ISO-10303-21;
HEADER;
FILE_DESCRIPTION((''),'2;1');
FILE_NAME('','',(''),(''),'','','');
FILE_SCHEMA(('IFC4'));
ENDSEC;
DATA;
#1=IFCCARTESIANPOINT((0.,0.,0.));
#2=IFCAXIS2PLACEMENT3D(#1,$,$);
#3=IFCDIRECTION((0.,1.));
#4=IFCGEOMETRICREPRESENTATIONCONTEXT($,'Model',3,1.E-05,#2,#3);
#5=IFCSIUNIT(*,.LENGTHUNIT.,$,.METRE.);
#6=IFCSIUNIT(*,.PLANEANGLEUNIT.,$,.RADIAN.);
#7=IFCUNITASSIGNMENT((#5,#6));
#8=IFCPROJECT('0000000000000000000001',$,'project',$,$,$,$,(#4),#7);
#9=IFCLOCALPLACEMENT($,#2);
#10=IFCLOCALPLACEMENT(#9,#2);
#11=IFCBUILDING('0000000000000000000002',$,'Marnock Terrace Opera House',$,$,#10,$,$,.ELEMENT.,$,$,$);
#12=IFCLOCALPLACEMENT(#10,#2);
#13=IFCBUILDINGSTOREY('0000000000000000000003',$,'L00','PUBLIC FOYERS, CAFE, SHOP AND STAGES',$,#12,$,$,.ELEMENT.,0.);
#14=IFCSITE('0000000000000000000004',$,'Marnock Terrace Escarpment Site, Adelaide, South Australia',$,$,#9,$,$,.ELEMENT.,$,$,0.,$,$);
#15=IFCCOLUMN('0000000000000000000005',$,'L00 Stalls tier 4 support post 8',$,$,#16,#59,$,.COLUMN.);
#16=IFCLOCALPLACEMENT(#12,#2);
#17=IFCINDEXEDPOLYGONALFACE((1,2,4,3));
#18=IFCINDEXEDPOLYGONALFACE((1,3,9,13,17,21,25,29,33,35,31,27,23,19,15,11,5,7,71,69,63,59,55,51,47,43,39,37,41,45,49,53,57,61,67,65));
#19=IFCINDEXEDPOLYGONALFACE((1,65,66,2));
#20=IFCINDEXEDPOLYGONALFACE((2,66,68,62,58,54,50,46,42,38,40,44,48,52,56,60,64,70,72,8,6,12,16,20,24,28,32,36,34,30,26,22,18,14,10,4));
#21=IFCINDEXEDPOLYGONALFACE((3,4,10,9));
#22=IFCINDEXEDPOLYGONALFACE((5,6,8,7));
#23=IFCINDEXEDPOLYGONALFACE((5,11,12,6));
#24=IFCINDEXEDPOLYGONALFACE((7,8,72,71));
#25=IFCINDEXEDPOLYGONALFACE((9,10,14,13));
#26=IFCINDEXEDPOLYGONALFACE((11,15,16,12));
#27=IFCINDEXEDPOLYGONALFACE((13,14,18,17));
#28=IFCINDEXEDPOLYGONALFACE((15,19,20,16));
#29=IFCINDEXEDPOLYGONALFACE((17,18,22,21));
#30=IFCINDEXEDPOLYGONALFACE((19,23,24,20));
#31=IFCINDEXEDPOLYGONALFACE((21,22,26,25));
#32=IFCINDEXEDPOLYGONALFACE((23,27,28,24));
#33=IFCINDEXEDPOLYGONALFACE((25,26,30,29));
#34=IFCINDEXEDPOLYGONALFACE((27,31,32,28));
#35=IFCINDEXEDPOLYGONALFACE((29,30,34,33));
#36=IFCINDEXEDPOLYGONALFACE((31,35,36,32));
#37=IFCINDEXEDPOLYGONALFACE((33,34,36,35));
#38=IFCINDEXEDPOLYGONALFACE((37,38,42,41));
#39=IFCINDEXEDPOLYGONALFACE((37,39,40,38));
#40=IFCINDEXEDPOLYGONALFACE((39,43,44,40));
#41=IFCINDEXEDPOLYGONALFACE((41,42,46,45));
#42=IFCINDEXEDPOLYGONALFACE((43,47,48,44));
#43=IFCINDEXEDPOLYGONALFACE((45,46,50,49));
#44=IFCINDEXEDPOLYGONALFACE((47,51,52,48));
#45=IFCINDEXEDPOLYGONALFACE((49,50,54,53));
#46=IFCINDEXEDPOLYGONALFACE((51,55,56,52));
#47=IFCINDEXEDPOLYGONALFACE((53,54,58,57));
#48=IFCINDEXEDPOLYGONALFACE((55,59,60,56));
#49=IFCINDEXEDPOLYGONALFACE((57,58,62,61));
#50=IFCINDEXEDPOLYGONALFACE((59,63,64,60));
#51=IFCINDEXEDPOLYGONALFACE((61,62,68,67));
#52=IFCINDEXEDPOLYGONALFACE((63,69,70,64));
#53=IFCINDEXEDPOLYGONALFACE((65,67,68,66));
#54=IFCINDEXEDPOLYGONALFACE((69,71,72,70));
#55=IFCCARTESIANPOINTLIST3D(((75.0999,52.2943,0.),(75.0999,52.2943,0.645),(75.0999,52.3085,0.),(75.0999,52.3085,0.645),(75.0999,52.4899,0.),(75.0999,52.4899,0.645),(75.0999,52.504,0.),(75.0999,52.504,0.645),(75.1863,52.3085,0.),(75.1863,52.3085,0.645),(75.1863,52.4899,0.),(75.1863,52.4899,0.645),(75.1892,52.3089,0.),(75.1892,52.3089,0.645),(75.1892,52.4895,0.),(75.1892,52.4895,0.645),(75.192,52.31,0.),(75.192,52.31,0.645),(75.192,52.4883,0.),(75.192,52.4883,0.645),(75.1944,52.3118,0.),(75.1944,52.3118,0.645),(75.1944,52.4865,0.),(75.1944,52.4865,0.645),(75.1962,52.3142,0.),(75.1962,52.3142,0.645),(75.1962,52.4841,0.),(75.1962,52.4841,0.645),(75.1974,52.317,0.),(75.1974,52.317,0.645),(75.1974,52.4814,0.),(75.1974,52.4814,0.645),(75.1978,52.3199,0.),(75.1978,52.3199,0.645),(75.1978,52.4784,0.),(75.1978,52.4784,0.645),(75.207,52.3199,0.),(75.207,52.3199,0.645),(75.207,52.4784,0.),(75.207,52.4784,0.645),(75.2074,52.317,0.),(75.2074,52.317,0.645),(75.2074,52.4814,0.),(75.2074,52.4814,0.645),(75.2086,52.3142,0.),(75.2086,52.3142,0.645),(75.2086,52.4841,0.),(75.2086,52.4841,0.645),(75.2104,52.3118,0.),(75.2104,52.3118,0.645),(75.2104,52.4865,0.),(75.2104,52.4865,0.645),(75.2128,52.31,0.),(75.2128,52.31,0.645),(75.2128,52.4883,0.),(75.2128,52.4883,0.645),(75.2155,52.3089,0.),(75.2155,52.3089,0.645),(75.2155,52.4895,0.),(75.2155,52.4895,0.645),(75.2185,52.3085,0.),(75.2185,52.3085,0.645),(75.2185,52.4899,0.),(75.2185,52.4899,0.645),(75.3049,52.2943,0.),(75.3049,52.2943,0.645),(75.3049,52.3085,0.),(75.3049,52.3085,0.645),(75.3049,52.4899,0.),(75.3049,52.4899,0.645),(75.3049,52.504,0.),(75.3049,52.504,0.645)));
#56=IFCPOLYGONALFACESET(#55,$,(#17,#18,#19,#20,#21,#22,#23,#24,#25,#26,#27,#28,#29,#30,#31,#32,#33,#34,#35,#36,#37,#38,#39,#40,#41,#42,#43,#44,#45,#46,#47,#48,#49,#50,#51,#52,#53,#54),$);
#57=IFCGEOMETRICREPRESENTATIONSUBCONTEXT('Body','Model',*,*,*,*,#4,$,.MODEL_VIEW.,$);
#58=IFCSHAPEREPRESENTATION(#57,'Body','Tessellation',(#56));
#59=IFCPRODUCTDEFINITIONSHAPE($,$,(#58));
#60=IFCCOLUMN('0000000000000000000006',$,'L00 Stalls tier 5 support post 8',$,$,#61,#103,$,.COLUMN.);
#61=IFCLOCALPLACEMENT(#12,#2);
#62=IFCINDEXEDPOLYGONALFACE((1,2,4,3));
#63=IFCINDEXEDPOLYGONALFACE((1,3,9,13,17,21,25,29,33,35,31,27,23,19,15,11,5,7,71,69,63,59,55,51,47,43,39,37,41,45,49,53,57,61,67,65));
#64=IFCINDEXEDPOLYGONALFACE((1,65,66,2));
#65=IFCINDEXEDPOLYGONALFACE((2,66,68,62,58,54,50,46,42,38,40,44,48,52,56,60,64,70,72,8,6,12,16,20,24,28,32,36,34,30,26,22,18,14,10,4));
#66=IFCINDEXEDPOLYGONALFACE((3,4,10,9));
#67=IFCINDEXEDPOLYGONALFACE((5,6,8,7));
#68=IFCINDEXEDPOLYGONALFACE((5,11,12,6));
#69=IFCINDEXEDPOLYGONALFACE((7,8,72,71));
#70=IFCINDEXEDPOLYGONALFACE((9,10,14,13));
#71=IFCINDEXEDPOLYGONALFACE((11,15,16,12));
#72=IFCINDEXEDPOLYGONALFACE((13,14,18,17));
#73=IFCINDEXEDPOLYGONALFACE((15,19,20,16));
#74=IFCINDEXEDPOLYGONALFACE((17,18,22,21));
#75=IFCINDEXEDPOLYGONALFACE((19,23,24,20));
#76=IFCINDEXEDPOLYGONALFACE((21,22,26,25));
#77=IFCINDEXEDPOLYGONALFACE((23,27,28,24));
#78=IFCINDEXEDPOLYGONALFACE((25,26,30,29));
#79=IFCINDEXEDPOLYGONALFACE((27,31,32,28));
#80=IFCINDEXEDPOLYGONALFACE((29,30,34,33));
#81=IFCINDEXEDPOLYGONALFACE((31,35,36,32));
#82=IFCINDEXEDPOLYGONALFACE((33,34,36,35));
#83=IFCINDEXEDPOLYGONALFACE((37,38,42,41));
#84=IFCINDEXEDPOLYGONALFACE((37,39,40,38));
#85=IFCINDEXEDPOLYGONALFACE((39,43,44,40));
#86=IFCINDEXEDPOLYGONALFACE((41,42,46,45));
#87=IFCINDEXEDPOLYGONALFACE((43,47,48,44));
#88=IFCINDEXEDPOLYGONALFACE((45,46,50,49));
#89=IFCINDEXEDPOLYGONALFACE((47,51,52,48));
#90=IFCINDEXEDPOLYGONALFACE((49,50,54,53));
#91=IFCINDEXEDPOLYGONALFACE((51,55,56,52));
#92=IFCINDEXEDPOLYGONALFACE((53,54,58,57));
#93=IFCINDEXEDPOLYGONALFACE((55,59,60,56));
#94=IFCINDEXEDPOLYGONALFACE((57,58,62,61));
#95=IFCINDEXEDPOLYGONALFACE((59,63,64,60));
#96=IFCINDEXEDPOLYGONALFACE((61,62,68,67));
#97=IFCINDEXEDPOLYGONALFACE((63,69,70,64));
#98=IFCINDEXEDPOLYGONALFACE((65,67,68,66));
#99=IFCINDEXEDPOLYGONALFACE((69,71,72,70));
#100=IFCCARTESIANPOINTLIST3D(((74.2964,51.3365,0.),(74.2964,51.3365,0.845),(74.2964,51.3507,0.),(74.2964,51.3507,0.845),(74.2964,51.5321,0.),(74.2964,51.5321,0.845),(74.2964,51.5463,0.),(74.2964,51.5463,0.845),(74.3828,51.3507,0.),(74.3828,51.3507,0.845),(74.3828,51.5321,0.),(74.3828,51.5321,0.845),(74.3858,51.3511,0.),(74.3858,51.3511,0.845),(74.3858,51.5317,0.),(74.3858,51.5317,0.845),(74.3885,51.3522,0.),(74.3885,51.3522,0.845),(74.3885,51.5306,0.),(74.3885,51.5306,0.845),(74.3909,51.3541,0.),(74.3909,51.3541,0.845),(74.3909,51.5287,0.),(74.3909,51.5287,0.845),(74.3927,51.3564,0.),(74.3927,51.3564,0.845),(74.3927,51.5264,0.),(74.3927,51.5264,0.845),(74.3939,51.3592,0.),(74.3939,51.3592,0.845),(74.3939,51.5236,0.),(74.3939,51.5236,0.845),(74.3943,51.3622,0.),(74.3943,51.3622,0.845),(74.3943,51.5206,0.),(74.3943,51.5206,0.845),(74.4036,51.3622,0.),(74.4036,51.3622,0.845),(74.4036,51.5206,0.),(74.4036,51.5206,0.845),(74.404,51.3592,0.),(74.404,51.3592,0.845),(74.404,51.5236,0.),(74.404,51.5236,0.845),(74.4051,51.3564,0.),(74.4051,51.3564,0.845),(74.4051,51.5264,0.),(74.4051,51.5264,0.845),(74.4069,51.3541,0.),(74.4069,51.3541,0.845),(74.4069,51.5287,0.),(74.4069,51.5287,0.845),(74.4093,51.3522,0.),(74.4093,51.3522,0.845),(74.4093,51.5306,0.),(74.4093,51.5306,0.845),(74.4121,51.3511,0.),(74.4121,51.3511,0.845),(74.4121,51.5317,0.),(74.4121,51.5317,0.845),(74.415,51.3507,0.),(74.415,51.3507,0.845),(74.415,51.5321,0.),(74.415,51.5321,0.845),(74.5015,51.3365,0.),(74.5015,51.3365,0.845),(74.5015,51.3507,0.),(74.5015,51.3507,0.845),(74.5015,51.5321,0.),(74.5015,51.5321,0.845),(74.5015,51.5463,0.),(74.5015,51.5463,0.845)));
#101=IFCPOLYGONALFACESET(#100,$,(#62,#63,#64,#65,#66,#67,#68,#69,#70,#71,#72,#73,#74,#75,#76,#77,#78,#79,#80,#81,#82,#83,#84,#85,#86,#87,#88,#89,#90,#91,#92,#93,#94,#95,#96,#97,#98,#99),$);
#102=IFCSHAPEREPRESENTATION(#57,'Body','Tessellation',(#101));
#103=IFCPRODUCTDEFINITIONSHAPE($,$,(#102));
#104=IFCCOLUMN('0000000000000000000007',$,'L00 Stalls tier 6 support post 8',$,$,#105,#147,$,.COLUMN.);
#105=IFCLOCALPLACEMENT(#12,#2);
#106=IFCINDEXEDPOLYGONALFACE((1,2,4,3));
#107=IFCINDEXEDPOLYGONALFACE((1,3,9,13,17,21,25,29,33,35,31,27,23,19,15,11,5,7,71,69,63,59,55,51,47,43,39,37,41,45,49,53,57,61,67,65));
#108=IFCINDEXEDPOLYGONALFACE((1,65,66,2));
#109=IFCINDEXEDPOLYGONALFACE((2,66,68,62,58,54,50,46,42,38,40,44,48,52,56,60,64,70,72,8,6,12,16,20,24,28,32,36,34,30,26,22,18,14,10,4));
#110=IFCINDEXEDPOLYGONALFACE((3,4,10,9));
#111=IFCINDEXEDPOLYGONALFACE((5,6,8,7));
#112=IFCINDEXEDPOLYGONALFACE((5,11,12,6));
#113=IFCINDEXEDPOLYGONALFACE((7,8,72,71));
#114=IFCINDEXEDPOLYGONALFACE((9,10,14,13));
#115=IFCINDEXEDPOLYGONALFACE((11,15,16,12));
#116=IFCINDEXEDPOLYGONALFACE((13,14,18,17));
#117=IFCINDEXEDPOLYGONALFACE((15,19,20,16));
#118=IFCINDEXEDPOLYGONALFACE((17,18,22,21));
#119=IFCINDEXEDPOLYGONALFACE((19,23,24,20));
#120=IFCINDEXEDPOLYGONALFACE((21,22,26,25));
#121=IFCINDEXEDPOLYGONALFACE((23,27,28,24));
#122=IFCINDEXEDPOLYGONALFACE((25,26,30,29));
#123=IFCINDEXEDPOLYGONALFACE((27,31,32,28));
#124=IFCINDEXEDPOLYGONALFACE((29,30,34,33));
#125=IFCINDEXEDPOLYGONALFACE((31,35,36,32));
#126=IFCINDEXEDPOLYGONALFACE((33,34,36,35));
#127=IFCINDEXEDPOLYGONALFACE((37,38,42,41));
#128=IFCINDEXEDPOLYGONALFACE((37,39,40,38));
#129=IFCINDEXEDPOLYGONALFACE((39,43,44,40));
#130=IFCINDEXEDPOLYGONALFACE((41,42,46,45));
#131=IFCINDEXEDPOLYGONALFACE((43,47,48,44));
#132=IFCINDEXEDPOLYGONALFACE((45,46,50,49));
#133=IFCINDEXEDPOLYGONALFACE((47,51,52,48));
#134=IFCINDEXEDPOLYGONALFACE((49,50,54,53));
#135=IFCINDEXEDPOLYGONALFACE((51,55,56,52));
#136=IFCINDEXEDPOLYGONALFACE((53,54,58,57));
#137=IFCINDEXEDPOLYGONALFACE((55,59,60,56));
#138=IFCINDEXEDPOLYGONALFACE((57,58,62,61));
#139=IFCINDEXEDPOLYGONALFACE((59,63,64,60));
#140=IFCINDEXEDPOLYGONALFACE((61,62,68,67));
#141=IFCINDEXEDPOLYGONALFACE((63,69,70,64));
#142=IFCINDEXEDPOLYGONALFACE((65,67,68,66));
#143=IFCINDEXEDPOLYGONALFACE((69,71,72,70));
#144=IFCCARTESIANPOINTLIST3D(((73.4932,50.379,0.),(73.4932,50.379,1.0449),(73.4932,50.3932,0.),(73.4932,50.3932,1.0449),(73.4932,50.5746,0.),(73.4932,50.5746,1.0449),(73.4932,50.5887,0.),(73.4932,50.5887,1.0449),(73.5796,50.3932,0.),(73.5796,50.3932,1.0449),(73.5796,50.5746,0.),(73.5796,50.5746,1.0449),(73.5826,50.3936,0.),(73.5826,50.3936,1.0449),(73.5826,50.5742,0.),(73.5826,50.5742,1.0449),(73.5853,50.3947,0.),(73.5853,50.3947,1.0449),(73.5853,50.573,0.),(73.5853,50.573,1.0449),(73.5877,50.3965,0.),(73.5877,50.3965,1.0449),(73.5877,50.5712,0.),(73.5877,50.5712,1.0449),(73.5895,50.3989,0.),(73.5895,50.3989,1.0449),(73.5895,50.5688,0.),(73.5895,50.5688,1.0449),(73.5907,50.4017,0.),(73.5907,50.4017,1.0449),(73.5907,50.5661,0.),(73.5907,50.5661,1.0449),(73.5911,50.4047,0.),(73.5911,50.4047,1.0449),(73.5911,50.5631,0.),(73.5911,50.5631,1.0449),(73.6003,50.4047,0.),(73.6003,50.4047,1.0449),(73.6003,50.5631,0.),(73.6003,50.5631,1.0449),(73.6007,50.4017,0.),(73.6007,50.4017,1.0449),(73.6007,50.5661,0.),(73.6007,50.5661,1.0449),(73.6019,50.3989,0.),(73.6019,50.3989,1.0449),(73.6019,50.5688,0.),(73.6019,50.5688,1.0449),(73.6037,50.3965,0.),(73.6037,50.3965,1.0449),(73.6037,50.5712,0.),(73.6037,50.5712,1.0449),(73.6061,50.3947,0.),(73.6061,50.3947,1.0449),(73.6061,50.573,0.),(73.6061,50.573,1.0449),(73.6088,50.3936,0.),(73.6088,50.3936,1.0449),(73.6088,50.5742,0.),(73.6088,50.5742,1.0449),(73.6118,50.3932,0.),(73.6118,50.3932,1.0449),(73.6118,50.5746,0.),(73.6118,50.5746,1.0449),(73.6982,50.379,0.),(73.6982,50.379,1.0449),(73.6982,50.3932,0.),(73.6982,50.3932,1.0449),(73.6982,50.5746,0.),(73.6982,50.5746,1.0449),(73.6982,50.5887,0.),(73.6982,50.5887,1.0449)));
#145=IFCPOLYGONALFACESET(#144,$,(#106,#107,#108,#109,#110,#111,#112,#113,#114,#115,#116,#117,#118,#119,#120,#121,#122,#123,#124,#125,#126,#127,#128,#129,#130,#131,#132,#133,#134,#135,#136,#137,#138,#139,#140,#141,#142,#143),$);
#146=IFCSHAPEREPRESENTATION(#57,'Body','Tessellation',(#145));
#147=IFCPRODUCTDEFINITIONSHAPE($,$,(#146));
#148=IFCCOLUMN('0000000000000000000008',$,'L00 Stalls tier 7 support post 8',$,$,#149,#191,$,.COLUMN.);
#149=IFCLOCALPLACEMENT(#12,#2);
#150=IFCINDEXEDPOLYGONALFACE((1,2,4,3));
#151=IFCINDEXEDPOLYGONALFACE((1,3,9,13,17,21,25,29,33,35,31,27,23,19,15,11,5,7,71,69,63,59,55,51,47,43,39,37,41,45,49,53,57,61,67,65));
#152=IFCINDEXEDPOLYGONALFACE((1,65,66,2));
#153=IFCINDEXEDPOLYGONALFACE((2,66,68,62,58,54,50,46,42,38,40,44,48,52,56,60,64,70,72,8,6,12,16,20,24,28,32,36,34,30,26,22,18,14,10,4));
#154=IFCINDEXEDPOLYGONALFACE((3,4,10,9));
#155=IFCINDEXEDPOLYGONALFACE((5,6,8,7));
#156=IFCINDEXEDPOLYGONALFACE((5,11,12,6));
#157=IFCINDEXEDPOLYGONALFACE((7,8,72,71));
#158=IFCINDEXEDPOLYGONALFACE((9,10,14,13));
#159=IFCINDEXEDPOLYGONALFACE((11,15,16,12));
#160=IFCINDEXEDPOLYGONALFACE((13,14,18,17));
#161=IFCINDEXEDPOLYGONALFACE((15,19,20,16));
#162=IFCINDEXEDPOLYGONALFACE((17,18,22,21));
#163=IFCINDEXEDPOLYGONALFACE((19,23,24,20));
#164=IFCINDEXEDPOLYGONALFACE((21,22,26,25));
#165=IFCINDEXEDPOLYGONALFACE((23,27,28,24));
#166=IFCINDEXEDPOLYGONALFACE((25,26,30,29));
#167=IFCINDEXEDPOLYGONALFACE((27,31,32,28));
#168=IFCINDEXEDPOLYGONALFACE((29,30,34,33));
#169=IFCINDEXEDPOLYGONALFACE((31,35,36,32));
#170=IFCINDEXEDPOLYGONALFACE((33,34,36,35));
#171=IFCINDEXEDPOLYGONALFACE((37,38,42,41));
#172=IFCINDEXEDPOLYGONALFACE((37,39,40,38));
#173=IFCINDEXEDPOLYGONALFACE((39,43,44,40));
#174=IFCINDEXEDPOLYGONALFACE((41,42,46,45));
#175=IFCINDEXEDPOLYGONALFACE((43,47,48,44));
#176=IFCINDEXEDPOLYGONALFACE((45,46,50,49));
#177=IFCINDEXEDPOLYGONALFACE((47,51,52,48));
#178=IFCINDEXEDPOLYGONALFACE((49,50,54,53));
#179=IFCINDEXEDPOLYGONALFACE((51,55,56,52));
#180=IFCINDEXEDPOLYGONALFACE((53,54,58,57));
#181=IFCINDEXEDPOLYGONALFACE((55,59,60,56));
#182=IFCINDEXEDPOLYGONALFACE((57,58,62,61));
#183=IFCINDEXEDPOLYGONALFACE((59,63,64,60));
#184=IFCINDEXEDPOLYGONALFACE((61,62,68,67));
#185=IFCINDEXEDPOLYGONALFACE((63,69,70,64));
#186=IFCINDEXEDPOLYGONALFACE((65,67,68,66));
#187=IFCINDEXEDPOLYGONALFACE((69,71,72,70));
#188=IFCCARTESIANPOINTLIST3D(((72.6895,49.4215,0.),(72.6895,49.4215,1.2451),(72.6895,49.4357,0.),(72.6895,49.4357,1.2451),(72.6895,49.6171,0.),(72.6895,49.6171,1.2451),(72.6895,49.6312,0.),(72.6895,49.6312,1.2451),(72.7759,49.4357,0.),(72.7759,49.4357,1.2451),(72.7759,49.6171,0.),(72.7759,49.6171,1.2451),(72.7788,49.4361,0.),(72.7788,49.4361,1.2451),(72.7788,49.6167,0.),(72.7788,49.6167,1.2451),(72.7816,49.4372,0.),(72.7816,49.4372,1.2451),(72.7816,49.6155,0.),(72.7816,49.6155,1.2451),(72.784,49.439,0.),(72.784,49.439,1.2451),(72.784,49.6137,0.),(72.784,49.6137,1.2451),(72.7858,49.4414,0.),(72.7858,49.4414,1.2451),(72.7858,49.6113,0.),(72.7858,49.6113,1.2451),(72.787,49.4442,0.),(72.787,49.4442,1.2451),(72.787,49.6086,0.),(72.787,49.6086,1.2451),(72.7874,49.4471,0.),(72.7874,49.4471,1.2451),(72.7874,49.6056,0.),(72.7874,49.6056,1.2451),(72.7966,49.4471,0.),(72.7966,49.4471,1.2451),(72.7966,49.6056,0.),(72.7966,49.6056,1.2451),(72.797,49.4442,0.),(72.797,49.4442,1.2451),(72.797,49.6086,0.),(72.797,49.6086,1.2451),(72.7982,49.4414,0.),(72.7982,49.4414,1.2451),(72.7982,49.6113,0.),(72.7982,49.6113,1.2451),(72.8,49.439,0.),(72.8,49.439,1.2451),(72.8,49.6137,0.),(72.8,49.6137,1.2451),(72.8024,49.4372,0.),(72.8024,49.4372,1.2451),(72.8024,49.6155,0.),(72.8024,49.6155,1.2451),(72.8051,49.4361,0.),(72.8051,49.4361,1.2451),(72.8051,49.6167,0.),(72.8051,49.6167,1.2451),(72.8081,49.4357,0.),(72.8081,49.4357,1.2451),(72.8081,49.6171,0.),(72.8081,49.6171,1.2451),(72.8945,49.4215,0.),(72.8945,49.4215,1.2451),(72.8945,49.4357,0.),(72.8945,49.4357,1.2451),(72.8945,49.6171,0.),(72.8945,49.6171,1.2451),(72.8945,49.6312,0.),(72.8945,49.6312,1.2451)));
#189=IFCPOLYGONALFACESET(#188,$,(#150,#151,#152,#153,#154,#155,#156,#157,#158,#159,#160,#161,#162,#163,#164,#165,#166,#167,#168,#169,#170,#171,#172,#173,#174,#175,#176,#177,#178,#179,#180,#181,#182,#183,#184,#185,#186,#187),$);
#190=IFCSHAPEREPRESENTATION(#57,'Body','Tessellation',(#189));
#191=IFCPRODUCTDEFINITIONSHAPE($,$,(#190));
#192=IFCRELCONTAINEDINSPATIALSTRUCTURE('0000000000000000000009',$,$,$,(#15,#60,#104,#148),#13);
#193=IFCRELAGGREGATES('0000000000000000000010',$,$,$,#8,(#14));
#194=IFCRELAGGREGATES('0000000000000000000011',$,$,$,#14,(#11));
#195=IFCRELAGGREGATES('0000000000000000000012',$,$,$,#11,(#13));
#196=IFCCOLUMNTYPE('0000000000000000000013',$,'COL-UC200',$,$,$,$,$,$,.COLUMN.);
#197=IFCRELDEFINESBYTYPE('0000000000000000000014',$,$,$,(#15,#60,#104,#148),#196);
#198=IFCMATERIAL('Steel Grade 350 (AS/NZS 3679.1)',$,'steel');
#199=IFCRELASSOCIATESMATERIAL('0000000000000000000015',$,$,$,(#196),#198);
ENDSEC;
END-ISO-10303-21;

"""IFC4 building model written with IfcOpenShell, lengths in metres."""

from ifc_helpers import new_model, si_unit, direction, frame, origin, origin_2d, place, context, subcontext, project, spatial, i_section, extrude, material, material_profile, profile_set, type_object, element, save


model = new_model("IFC4")

# Units and contexts
model_context = context("Model", 3, precision=1e-05, world=origin(), true_north=direction((0.0, 1.0)))
body_context = subcontext(model_context, "Body", "Model", "MODEL_VIEW")
ifc_project = project(units=[si_unit("LENGTHUNIT", "METRE"), si_unit("PLANEANGLEUNIT", "RADIAN")], contexts=[model_context])

# Site, building, storey
site_placement = place(None, origin())
site = spatial("IfcSite", under=ifc_project, at=site_placement, Name="Marnock Terrace Escarpment Site, Adelaide, South Australia", CompositionType="ELEMENT", RefElevation=0.0)
building_placement = place(site_placement, origin())
building = spatial("IfcBuilding", under=site, at=building_placement, Name="Marnock Terrace Opera House", CompositionType="ELEMENT")
storey_placement = place(building_placement, origin())
storey = spatial("IfcBuildingStorey", under=building, at=storey_placement, Name="L00", Description="PUBLIC FOYERS, CAFE, SHOP AND STAGES", CompositionType="ELEMENT", Elevation=0.0)

# Columns
ifc_material_1 = material(Name="Steel Grade 350 (AS/NZS 3679.1)", Category="steel")
ifc_material_profile_1 = material_profile(ifc_material_1, i_section(OverallWidth=0.2051, OverallDepth=0.2097, WebThickness=0.0093, FlangeThickness=0.0142, FilletRadius=0.0115, at=origin_2d()))
ifc_profile_set_1 = profile_set([ifc_material_profile_1], Name="Steel Grade 350 (AS/NZS 3679.1)")
column_type_1 = type_object("IfcColumnType", Name="COL-UC200", PredefinedType="COLUMN", material=ifc_profile_set_1)
column_1_placement = place(storey_placement, frame((75.2024, 52.3992, 0.0), z_axis=(0.0, 0.0, 1.0), x_axis=(1.0, 0.0, 0.0)))
element("IfcColumn", 1, at=column_1_placement, inside=storey, type_object=column_type_1, Name="L00 Stalls tier 4 support post 8", PredefinedType="COLUMN", context=body_context, shape_type="SweptSolid", body=[
    extrude(i_section(OverallWidth=0.2051, OverallDepth=0.2097, WebThickness=0.0093, FlangeThickness=0.0142, FilletRadius=0.0115, at=origin_2d()), origin(), (0.0, 0.0, 1.0), 0.645),
])
column_2_placement = place(storey_placement, frame((74.3989, 51.4414, 0.0), z_axis=(0.0, 0.0, 1.0), x_axis=(1.0, 0.0, 0.0)))
element("IfcColumn", 2, at=column_2_placement, inside=storey, type_object=column_type_1, Name="L00 Stalls tier 5 support post 8", PredefinedType="COLUMN", context=body_context, shape_type="SweptSolid", body=[
    extrude(i_section(OverallWidth=0.2051, OverallDepth=0.2097, WebThickness=0.0093, FlangeThickness=0.0142, FilletRadius=0.0115, at=origin_2d()), origin(), (0.0, 0.0, 1.0), 0.845),
])
column_3_placement = place(storey_placement, frame((73.5957, 50.4839, 0.0), z_axis=(0.0, 0.0, 1.0), x_axis=(1.0, 0.0, 0.0)))
element("IfcColumn", 3, at=column_3_placement, inside=storey, type_object=column_type_1, Name="L00 Stalls tier 6 support post 8", PredefinedType="COLUMN", context=body_context, shape_type="SweptSolid", body=[
    extrude(i_section(OverallWidth=0.2051, OverallDepth=0.2097, WebThickness=0.0093, FlangeThickness=0.0142, FilletRadius=0.0115, at=origin_2d()), origin(), (0.0, 0.0, 1.0), 1.0449),
])
column_4_placement = place(storey_placement, frame((72.792, 49.5264, 0.0), z_axis=(0.0, 0.0, 1.0), x_axis=(1.0, 0.0, 0.0)))
element("IfcColumn", 4, at=column_4_placement, inside=storey, type_object=column_type_1, Name="L00 Stalls tier 7 support post 8", PredefinedType="COLUMN", context=body_context, shape_type="SweptSolid", body=[
    extrude(i_section(OverallWidth=0.2051, OverallDepth=0.2097, WebThickness=0.0093, FlangeThickness=0.0142, FilletRadius=0.0115, at=origin_2d()), origin(), (0.0, 0.0, 1.0), 1.2451),
])

save(model, "model.ifc")
